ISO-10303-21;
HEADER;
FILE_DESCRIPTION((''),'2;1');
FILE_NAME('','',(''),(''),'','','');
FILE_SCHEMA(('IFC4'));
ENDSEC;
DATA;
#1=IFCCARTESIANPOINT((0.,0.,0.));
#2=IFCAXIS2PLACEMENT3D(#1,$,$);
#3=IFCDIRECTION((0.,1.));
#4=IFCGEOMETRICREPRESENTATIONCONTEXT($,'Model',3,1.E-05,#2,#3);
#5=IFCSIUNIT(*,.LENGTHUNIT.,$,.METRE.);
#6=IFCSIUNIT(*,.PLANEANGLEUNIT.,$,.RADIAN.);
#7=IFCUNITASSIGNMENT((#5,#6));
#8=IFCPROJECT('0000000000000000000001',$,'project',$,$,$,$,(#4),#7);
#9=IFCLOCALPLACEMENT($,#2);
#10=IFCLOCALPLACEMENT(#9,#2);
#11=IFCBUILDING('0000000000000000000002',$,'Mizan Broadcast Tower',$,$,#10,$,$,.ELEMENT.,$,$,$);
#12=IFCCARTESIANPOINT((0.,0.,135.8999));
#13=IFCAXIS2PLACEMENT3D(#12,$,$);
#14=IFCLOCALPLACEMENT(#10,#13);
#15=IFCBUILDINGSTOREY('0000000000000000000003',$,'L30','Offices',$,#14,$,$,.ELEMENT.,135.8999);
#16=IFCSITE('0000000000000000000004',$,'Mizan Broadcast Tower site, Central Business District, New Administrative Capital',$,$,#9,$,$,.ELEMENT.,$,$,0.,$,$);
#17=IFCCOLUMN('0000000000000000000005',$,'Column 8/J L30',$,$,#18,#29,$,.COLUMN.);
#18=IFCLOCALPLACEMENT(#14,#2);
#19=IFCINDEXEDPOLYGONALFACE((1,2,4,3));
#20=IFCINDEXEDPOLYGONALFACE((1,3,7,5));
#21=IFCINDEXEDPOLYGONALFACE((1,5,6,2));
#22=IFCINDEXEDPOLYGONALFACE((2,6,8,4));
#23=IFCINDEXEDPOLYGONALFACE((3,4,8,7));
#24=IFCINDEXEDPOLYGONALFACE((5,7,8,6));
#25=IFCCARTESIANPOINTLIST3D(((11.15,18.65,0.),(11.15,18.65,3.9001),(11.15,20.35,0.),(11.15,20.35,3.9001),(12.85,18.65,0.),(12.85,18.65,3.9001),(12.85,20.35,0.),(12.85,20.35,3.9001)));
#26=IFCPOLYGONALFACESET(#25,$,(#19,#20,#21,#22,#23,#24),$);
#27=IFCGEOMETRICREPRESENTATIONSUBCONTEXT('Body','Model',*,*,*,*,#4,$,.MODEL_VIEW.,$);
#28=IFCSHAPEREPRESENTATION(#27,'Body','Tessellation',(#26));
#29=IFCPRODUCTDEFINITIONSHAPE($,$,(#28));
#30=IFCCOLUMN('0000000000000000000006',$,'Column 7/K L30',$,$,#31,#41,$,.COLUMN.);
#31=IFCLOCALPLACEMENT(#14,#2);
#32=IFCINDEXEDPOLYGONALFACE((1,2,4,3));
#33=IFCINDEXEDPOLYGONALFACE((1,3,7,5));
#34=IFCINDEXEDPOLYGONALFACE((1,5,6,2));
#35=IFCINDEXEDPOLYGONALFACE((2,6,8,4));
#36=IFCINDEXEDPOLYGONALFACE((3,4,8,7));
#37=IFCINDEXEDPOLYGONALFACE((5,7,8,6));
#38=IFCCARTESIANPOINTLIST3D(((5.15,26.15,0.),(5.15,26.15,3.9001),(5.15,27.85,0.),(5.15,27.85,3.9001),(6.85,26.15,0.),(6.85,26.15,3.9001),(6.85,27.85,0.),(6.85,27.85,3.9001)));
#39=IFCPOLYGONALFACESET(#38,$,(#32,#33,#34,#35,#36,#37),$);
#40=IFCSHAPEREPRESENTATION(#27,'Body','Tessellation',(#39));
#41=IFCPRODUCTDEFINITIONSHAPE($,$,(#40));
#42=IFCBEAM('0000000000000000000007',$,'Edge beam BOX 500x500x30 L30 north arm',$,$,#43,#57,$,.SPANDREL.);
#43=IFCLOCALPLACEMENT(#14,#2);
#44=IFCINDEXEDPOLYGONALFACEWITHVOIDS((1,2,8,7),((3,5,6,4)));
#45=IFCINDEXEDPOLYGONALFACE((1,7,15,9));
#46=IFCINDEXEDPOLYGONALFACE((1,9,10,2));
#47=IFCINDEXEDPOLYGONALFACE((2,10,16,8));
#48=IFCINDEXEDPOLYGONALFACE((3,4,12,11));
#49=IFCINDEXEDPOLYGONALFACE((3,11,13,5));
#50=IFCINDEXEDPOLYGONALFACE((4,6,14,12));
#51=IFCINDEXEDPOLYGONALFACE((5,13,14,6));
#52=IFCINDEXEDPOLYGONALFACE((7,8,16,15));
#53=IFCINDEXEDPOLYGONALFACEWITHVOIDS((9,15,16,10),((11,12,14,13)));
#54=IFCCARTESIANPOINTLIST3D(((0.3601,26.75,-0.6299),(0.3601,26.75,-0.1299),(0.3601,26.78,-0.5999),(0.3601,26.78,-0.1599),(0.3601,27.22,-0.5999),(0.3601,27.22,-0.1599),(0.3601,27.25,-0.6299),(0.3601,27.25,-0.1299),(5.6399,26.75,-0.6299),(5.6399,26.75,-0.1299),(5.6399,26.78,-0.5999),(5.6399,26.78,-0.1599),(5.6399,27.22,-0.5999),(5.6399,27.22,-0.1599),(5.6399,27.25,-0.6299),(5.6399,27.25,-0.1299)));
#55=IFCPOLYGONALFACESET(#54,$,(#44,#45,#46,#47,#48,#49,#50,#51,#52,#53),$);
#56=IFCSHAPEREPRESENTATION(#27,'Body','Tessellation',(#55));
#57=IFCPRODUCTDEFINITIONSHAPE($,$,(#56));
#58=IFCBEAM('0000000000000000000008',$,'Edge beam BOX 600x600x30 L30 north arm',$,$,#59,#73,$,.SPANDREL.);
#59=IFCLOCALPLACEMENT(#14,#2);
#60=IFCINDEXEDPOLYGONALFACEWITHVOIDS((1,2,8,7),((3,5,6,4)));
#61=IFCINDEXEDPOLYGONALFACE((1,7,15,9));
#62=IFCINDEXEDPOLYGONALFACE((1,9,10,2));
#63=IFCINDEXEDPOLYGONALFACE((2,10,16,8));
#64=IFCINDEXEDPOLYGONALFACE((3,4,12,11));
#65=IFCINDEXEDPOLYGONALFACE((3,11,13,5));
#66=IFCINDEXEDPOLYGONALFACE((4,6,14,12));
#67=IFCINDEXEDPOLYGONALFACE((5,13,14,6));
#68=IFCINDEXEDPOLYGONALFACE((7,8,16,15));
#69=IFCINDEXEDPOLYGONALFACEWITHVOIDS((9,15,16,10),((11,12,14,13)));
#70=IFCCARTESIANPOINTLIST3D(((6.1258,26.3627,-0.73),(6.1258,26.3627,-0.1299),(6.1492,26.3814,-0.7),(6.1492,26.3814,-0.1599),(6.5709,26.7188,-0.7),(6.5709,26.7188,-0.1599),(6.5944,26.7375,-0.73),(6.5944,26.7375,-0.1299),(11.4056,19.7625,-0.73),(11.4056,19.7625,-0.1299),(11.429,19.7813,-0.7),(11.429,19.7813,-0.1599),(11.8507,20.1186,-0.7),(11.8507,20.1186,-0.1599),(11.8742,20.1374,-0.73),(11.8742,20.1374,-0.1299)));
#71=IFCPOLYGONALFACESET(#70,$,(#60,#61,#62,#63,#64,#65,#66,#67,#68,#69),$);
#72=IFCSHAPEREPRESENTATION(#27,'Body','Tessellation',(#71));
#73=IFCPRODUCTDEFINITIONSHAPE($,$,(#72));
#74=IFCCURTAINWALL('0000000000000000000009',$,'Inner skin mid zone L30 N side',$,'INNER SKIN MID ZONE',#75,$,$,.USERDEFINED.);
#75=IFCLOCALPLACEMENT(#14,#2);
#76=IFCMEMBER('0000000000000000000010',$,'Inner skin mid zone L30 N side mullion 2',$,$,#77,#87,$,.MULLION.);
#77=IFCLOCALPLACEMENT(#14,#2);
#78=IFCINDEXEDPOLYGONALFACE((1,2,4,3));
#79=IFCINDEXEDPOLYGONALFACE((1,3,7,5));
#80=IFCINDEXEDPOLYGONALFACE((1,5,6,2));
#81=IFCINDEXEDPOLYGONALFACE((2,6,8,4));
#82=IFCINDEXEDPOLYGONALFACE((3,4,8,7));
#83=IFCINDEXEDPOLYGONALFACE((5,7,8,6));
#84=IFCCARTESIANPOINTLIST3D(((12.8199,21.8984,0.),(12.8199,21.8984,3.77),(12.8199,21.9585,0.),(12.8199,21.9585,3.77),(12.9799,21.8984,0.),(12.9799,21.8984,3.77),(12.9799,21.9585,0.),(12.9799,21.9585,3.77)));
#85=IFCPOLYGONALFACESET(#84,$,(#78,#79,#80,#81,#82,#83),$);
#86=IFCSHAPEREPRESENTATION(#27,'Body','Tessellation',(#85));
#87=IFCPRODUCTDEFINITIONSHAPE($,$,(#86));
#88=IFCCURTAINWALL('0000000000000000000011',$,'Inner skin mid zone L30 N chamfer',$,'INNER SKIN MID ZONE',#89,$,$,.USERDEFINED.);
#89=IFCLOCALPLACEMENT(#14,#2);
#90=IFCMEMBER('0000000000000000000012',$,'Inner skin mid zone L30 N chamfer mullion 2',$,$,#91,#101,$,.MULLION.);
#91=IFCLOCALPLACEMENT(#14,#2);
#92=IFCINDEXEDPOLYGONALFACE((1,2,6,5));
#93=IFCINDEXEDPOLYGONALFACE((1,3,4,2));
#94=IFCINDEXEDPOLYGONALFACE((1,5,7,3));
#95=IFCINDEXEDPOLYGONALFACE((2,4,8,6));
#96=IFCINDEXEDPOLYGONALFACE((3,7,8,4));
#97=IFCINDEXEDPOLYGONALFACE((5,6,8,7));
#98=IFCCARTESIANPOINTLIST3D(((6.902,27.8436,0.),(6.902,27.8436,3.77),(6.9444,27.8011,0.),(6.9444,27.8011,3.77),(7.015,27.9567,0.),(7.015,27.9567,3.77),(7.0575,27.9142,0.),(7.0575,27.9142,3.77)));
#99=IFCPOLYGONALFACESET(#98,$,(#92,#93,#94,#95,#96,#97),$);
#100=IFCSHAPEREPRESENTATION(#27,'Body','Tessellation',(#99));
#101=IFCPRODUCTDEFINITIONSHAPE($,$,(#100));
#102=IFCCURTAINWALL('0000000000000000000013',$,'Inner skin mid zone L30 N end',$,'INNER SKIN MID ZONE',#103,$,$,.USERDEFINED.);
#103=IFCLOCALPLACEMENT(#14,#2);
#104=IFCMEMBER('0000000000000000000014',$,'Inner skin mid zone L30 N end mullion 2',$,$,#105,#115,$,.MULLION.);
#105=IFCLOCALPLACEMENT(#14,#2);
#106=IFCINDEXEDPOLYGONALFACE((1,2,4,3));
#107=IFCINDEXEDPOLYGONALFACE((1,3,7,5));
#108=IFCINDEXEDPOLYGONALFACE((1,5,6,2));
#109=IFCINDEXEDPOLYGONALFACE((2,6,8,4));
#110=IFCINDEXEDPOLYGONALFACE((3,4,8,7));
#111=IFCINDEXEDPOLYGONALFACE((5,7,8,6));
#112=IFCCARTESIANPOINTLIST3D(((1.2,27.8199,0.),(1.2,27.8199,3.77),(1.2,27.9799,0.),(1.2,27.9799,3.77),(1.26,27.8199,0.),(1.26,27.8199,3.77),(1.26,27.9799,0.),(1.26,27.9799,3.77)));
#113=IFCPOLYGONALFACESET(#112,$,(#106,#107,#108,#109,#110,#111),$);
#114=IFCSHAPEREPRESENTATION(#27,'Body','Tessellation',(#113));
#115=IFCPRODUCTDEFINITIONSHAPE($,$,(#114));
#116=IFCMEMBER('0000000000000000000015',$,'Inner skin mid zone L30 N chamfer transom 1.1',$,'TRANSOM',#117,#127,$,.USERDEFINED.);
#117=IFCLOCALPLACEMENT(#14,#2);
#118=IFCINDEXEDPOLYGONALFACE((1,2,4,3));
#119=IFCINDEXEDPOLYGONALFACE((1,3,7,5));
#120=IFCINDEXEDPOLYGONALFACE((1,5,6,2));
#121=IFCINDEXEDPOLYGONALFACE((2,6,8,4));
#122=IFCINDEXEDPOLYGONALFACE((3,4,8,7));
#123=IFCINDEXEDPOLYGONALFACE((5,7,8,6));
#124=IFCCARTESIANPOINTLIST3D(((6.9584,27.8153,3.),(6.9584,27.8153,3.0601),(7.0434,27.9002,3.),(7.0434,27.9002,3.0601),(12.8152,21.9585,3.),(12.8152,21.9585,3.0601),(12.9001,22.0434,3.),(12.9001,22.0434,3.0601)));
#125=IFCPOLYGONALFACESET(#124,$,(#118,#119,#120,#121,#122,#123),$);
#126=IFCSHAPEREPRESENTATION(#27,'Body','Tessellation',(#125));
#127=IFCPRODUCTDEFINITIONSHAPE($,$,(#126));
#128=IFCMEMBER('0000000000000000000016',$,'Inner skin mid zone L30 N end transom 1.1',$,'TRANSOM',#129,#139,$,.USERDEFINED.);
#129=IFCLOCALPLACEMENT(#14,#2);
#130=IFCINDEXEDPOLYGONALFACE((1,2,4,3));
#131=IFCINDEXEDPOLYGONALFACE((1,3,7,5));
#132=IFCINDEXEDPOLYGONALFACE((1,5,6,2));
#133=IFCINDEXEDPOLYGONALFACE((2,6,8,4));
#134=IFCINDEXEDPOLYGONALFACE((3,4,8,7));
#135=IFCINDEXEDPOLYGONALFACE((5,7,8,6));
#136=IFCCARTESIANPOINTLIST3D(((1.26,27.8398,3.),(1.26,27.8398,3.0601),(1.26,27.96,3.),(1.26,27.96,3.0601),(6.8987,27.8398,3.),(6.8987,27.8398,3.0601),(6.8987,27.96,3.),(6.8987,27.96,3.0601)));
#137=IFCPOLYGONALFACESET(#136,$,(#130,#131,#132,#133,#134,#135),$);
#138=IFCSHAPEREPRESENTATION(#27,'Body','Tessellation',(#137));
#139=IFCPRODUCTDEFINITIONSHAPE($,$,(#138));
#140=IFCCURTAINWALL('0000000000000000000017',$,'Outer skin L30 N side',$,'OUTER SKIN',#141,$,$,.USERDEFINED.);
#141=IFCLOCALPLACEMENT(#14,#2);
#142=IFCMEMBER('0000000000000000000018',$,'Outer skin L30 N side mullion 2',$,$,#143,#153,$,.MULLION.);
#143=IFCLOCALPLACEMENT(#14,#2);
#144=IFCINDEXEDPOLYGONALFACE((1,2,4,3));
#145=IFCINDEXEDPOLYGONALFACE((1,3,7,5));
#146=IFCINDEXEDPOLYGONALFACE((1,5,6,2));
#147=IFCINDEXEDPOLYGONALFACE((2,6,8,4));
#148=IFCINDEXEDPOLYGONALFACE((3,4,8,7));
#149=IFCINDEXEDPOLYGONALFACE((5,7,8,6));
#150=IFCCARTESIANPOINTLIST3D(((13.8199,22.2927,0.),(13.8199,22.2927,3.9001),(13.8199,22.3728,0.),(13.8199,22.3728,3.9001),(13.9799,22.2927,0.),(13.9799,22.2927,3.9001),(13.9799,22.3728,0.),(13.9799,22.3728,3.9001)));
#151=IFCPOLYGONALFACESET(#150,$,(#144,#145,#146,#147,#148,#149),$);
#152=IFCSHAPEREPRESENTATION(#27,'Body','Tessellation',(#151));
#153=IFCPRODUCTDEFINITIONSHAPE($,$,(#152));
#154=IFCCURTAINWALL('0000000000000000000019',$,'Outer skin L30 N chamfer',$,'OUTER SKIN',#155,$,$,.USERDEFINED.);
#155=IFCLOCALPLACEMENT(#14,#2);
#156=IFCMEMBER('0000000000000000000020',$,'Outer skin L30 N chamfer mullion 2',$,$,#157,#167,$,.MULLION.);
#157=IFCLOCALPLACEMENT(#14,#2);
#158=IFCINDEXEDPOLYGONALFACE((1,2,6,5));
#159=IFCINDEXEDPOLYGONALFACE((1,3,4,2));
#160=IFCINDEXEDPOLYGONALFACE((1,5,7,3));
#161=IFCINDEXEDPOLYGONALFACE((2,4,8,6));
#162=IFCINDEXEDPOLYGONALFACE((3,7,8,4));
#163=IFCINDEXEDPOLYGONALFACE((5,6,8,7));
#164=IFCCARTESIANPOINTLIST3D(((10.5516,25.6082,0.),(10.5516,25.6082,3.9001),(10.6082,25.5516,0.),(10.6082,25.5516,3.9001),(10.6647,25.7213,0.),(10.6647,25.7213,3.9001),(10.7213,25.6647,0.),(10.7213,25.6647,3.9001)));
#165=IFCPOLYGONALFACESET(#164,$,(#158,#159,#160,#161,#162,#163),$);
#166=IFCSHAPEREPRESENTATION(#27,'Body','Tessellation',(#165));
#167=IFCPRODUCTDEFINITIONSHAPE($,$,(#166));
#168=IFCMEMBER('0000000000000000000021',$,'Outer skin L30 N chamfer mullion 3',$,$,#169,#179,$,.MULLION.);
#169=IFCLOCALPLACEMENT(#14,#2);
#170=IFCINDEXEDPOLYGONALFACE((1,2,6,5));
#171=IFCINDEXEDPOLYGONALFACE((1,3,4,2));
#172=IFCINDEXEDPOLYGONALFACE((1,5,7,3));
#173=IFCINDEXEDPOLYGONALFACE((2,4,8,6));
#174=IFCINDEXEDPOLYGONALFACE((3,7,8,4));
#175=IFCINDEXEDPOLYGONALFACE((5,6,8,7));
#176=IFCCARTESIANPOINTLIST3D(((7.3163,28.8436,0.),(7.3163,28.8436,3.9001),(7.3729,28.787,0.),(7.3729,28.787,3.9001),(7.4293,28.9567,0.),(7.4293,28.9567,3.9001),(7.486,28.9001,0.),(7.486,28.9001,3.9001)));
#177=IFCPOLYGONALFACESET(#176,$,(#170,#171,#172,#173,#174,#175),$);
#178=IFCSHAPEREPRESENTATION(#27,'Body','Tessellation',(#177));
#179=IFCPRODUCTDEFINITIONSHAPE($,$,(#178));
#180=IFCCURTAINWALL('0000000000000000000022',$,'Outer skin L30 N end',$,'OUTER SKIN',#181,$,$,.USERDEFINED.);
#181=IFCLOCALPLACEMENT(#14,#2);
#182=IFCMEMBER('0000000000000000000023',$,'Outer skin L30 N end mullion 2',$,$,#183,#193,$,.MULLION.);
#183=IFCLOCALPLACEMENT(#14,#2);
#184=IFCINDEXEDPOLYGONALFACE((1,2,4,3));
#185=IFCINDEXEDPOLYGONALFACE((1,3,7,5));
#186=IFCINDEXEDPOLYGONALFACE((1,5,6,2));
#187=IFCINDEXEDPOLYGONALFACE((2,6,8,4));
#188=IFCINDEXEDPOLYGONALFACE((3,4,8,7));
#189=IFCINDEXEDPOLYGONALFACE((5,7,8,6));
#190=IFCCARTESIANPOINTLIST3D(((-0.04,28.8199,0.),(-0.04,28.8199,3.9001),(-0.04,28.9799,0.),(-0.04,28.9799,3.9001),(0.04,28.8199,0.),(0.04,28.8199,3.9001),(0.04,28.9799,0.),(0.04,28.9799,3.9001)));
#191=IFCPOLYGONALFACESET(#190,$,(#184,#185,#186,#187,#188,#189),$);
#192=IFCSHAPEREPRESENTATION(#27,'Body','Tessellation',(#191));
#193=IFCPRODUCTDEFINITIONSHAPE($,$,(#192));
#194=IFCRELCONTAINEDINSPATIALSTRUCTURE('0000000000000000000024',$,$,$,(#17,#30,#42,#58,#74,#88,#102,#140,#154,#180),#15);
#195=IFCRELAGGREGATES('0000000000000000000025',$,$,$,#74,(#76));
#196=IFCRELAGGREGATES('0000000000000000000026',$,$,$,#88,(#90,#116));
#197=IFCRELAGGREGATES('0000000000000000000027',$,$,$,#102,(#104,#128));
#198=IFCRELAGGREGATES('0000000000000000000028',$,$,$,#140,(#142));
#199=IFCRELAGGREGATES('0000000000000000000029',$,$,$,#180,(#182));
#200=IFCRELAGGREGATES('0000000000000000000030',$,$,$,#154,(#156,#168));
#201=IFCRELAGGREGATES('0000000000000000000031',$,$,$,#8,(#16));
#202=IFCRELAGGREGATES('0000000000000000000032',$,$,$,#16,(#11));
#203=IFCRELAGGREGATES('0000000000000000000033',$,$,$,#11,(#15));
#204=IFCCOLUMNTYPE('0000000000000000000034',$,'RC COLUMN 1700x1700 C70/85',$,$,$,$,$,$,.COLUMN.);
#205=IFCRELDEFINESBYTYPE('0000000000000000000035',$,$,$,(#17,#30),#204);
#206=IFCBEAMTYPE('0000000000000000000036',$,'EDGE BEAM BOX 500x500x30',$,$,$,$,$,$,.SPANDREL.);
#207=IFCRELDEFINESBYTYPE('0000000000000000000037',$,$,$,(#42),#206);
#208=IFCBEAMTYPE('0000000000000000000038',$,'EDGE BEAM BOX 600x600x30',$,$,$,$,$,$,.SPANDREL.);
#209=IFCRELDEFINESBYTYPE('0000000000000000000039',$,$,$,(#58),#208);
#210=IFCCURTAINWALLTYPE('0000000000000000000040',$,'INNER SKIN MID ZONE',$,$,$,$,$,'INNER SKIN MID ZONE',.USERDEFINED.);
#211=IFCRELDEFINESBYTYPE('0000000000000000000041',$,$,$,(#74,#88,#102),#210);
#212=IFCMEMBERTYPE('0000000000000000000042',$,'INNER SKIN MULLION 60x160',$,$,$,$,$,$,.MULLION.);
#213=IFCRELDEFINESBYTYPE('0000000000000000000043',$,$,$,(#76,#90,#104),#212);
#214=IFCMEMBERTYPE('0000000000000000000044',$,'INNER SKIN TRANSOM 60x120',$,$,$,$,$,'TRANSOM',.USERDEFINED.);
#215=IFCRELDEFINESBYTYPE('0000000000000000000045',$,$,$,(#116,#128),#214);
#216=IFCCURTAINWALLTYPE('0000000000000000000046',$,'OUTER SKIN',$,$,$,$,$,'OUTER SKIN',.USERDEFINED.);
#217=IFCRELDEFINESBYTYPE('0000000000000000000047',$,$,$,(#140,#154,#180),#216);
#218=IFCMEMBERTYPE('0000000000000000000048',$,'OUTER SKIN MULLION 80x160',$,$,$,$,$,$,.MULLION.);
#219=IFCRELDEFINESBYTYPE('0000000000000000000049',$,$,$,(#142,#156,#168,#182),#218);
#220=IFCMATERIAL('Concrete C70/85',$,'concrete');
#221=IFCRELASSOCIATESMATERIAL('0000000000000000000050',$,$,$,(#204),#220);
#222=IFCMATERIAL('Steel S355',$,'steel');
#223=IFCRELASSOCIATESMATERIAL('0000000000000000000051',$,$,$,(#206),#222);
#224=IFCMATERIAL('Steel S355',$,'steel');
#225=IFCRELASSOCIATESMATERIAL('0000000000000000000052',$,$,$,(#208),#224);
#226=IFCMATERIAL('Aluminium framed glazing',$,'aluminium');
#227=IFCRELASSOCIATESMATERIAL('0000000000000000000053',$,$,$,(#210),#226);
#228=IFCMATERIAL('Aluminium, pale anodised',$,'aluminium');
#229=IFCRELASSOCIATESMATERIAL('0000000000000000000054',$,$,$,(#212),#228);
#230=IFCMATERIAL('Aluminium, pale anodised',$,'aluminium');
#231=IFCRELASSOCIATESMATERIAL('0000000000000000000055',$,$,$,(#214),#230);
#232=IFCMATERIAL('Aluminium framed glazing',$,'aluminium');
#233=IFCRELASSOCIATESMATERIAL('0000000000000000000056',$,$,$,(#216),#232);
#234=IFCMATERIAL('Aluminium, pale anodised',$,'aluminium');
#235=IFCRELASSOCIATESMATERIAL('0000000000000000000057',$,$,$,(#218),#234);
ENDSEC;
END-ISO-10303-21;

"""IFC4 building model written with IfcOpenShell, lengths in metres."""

from ifc_helpers import new_model, si_unit, direction, frame, origin, origin_2d, place, context, subcontext, project, spatial, rectangle, hollow_rectangle, extrude, material, material_profile, profile_set, type_object, element, aggregate, save


model = new_model("IFC4")

# Units and contexts
model_context = context("Model", 3, precision=1e-05, world=origin(), true_north=direction((0.0, 1.0)))
body_context = subcontext(model_context, "Body", "Model", "MODEL_VIEW")
ifc_project = project(units=[si_unit("LENGTHUNIT", "METRE"), si_unit("PLANEANGLEUNIT", "RADIAN")], contexts=[model_context])

# Site, building, storey
site_placement = place(None, origin())
site = spatial("IfcSite", under=ifc_project, at=site_placement, Name="Mizan Broadcast Tower site, Central Business District, New Administrative Capital", CompositionType="ELEMENT", RefElevation=0.0)
building_placement = place(site_placement, origin())
building = spatial("IfcBuilding", under=site, at=building_placement, Name="Mizan Broadcast Tower", CompositionType="ELEMENT")
storey_placement = place(building_placement, frame((0.0, 0.0, 135.8999)))
storey = spatial("IfcBuildingStorey", under=building, at=storey_placement, Name="L30", Description="Offices", CompositionType="ELEMENT", Elevation=135.8999)

# Columns
ifc_material_1 = material(Name="Concrete C70/85", Category="concrete")
ifc_material_profile_1 = material_profile(ifc_material_1, rectangle(XDim=1.7, YDim=1.7, at=origin_2d()), Name="RC 1700x1700")
ifc_profile_set_1 = profile_set([ifc_material_profile_1], Name="Concrete C70/85")
column_type = type_object("IfcColumnType", Name="RC COLUMN 1700x1700 C70/85", PredefinedType="COLUMN", material=ifc_profile_set_1)
for number, where, z_axis, x_axis, name in (
    (1, (12.0, 19.5, 0.0), (0.0, 0.0, 1.0), (1.0, 0.0, 0.0), "Column 8/J L30"),
    (2, (6.0, 27.0, 0.0), (0.0, 0.0, 1.0), (1.0, 0.0, 0.0), "Column 7/K L30"),
):
    element("IfcColumn", number, at=place(storey_placement, frame(where, z_axis=z_axis, x_axis=x_axis)), inside=storey, type_object=column_type, Name=name, PredefinedType="COLUMN", context=body_context, shape_type="SweptSolid", body=[
        extrude(rectangle(XDim=1.7, YDim=1.7, at=origin_2d()), origin(), (0.0, 0.0, 1.0), 3.9001),
    ])

# Beams
ifc_material_2 = material(Name="Steel S355", Category="steel")
ifc_material_profile_2 = material_profile(ifc_material_2, hollow_rectangle(XDim=0.5, YDim=0.5, WallThickness=0.03, at=origin_2d()), Name="BOX 500x500x30")
ifc_profile_set_2 = profile_set([ifc_material_profile_2], Name="Steel S355")
beam_type_1 = type_object("IfcBeamType", Name="EDGE BEAM BOX 500x500x30", PredefinedType="SPANDREL", material=ifc_profile_set_2)
beam_1_placement = place(storey_placement, frame((5.6399, 27.0, -0.3799), z_axis=(-1.0, 0.0, 0.0), x_axis=(0.0, -1.0, 0.0)))
element("IfcBeam", 3, at=beam_1_placement, inside=storey, type_object=beam_type_1, Name="Edge beam BOX 500x500x30 L30 north arm", PredefinedType="SPANDREL", context=body_context, shape_type="SweptSolid", body=[
    extrude(hollow_rectangle(XDim=0.5, YDim=0.5, WallThickness=0.03, at=origin_2d()), origin(), (0.0, 0.0, 1.0), 5.2798),
])
ifc_material_3 = material(Name="Steel S355", Category="steel")
ifc_material_profile_3 = material_profile(ifc_material_3, hollow_rectangle(XDim=0.6001, YDim=0.6001, WallThickness=0.03, at=origin_2d()), Name="BOX 600x600x30")
ifc_profile_set_3 = profile_set([ifc_material_profile_3], Name="Steel S355")
beam_type_2 = type_object("IfcBeamType", Name="EDGE BEAM BOX 600x600x30", PredefinedType="SPANDREL", material=ifc_profile_set_3)
beam_2_placement = place(storey_placement, frame((11.6399, 19.95, -0.4299), z_axis=(-0.624674, 0.780886, 0.0), x_axis=(-0.780886, -0.624674, 0.0)))
element("IfcBeam", 4, at=beam_2_placement, inside=storey, type_object=beam_type_2, Name="Edge beam BOX 600x600x30 L30 north arm", PredefinedType="SPANDREL", context=body_context, shape_type="SweptSolid", body=[
    extrude(hollow_rectangle(XDim=0.6001, YDim=0.6001, WallThickness=0.03, at=origin_2d()), origin(), (0.0, 0.0, 1.0), 8.4521),
])

# Curtain walls, members
ifc_material_4 = material(Name="Aluminium framed glazing", Category="aluminium")
curtain_wall_type_1 = type_object("IfcCurtainWallType", Name="INNER SKIN MID ZONE", ElementType="INNER SKIN MID ZONE", PredefinedType="USERDEFINED", material=ifc_material_4)
curtain_wall_1_placement = place(storey_placement, origin())
curtain_wall_1 = element("IfcCurtainWall", 5, at=curtain_wall_1_placement, inside=storey, type_object=curtain_wall_type_1, Name="Inner skin mid zone L30 N side", ObjectType="INNER SKIN MID ZONE", PredefinedType="USERDEFINED")
ifc_material_5 = material(Name="Aluminium, pale anodised", Category="aluminium")
ifc_material_profile_4 = material_profile(ifc_material_5, rectangle(XDim=0.1599, YDim=0.0601, at=origin_2d()), Name="MULLION 160x60")
ifc_profile_set_4 = profile_set([ifc_material_profile_4], Name="Aluminium, pale anodised")
member_type_1 = type_object("IfcMemberType", Name="INNER SKIN MULLION 60x160", PredefinedType="MULLION", material=ifc_profile_set_4)
member_1_placement = place(storey_placement, frame((12.8999, 21.9285, 0.0), z_axis=(0.0, 0.0, 1.0), x_axis=(-1.0, 0.0, 0.0)))
member_1 = element("IfcMember", 6, at=member_1_placement, type_object=member_type_1, Name="Inner skin mid zone L30 N side mullion 2", PredefinedType="MULLION", context=body_context, shape_type="SweptSolid", body=[
    extrude(rectangle(XDim=0.1599, YDim=0.0601, at=origin_2d()), origin(), (0.0, 0.0, 1.0), 3.77),
])
curtain_wall_2_placement = place(storey_placement, origin())
curtain_wall_2 = element("IfcCurtainWall", 7, at=curtain_wall_2_placement, inside=storey, type_object=curtain_wall_type_1, Name="Inner skin mid zone L30 N chamfer", ObjectType="INNER SKIN MID ZONE", PredefinedType="USERDEFINED")
member_2_placement = place(storey_placement, frame((6.9797, 27.8789, 0.0), z_axis=(0.0, 0.0, 1.0), x_axis=(-0.707107, -0.707107, 0.0)))
member_2 = element("IfcMember", 8, at=member_2_placement, type_object=member_type_1, Name="Inner skin mid zone L30 N chamfer mullion 2", PredefinedType="MULLION", context=body_context, shape_type="SweptSolid", body=[
    extrude(rectangle(XDim=0.1599, YDim=0.0601, at=origin_2d()), origin(), (0.0, 0.0, 1.0), 3.77),
])
curtain_wall_3_placement = place(storey_placement, origin())
curtain_wall_3 = element("IfcCurtainWall", 9, at=curtain_wall_3_placement, inside=storey, type_object=curtain_wall_type_1, Name="Inner skin mid zone L30 N end", ObjectType="INNER SKIN MID ZONE", PredefinedType="USERDEFINED")
member_3_placement = place(storey_placement, frame((1.23, 27.8999, 0.0), z_axis=(0.0, 0.0, 1.0), x_axis=(0.0, -1.0, 0.0)))
member_3 = element("IfcMember", 10, at=member_3_placement, type_object=member_type_1, Name="Inner skin mid zone L30 N end mullion 2", PredefinedType="MULLION", context=body_context, shape_type="SweptSolid", body=[
    extrude(rectangle(XDim=0.1599, YDim=0.0601, at=origin_2d()), origin(), (0.0, 0.0, 1.0), 3.77),
])

# Members
ifc_material_6 = material(Name="Aluminium, pale anodised", Category="aluminium")
ifc_material_profile_5 = material_profile(ifc_material_6, rectangle(XDim=0.1201, YDim=0.0601, at=origin_2d()), Name="TRANSOM 120x60")
ifc_profile_set_5 = profile_set([ifc_material_profile_5], Name="Aluminium, pale anodised")
member_type_2 = type_object("IfcMemberType", Name="INNER SKIN TRANSOM 60x120", ElementType="TRANSOM", PredefinedType="USERDEFINED", material=ifc_profile_set_5)
member_4_placement = place(storey_placement, frame((12.8577, 22.001, 3.03), z_axis=(-0.707107, 0.707107, 0.0), x_axis=(-0.707107, -0.707107, 0.0)))
member_4 = element("IfcMember", 11, at=member_4_placement, type_object=member_type_2, Name="Inner skin mid zone L30 N chamfer transom 1.1", ObjectType="TRANSOM", PredefinedType="USERDEFINED", context=body_context, shape_type="SweptSolid", body=[
    extrude(rectangle(XDim=0.1201, YDim=0.0601, at=origin_2d()), origin(), (0.0, 0.0, 1.0), 8.2827),
])
member_5_placement = place(storey_placement, frame((6.8987, 27.8999, 3.03), z_axis=(-1.0, 0.0, 0.0), x_axis=(0.0, -1.0, 0.0)))
member_5 = element("IfcMember", 12, at=member_5_placement, type_object=member_type_2, Name="Inner skin mid zone L30 N end transom 1.1", ObjectType="TRANSOM", PredefinedType="USERDEFINED", context=body_context, shape_type="SweptSolid", body=[
    extrude(rectangle(XDim=0.1201, YDim=0.0601, at=origin_2d()), origin(), (0.0, 0.0, 1.0), 5.6387),
])

# Curtain wall, member
ifc_material_7 = material(Name="Aluminium framed glazing", Category="aluminium")
curtain_wall_type_2 = type_object("IfcCurtainWallType", Name="OUTER SKIN", ElementType="OUTER SKIN", PredefinedType="USERDEFINED", material=ifc_material_7)
curtain_wall_4_placement = place(storey_placement, origin())
curtain_wall_4 = element("IfcCurtainWall", 13, at=curtain_wall_4_placement, inside=storey, type_object=curtain_wall_type_2, Name="Outer skin L30 N side", ObjectType="OUTER SKIN", PredefinedType="USERDEFINED")
ifc_material_8 = material(Name="Aluminium, pale anodised", Category="aluminium")
ifc_material_profile_6 = material_profile(ifc_material_8, rectangle(XDim=0.1599, YDim=0.0801, at=origin_2d()), Name="MULLION 160x80")
ifc_profile_set_6 = profile_set([ifc_material_profile_6], Name="Aluminium, pale anodised")
member_type_3 = type_object("IfcMemberType", Name="OUTER SKIN MULLION 80x160", PredefinedType="MULLION", material=ifc_profile_set_6)
member_6_placement = place(storey_placement, frame((13.8999, 22.3328, 0.0), z_axis=(0.0, 0.0, 1.0), x_axis=(-1.0, 0.0, 0.0)))
member_6 = element("IfcMember", 14, at=member_6_placement, type_object=member_type_3, Name="Outer skin L30 N side mullion 2", PredefinedType="MULLION", context=body_context, shape_type="SweptSolid", body=[
    extrude(rectangle(XDim=0.1599, YDim=0.0801, at=origin_2d()), origin(), (0.0, 0.0, 1.0), 3.9001),
])

# Curtain wall, members
curtain_wall_5_placement = place(storey_placement, origin())
curtain_wall_5 = element("IfcCurtainWall", 15, at=curtain_wall_5_placement, inside=storey, type_object=curtain_wall_type_2, Name="Outer skin L30 N chamfer", ObjectType="OUTER SKIN", PredefinedType="USERDEFINED")
member_7_placement = place(storey_placement, frame((10.6365, 25.6365, 0.0), z_axis=(0.0, 0.0, 1.0), x_axis=(-0.707107, -0.707107, 0.0)))
member_7 = element("IfcMember", 16, at=member_7_placement, type_object=member_type_3, Name="Outer skin L30 N chamfer mullion 2", PredefinedType="MULLION", context=body_context, shape_type="SweptSolid", body=[
    extrude(rectangle(XDim=0.1599, YDim=0.0801, at=origin_2d()), origin(), (0.0, 0.0, 1.0), 3.9001),
])
member_8_placement = place(storey_placement, frame((7.4011, 28.8718, 0.0), z_axis=(0.0, 0.0, 1.0), x_axis=(-0.707107, -0.707107, 0.0)))
member_8 = element("IfcMember", 17, at=member_8_placement, type_object=member_type_3, Name="Outer skin L30 N chamfer mullion 3", PredefinedType="MULLION", context=body_context, shape_type="SweptSolid", body=[
    extrude(rectangle(XDim=0.1599, YDim=0.0801, at=origin_2d()), origin(), (0.0, 0.0, 1.0), 3.9001),
])

# Curtain wall, member
curtain_wall_6_placement = place(storey_placement, origin())
curtain_wall_6 = element("IfcCurtainWall", 18, at=curtain_wall_6_placement, inside=storey, type_object=curtain_wall_type_2, Name="Outer skin L30 N end", ObjectType="OUTER SKIN", PredefinedType="USERDEFINED")
member_9_placement = place(storey_placement, frame((0.0, 28.8999, 0.0), z_axis=(0.0, 0.0, 1.0), x_axis=(0.0, -1.0, 0.0)))
member_9 = element("IfcMember", 19, at=member_9_placement, type_object=member_type_3, Name="Outer skin L30 N end mullion 2", PredefinedType="MULLION", context=body_context, shape_type="SweptSolid", body=[
    extrude(rectangle(XDim=0.1599, YDim=0.0801, at=origin_2d()), origin(), (0.0, 0.0, 1.0), 3.9001),
])

aggregate(curtain_wall_1, [member_1])
aggregate(curtain_wall_2, [member_2, member_4])
aggregate(curtain_wall_3, [member_3, member_5])
aggregate(curtain_wall_4, [member_6])
aggregate(curtain_wall_6, [member_9])
aggregate(curtain_wall_5, [member_7, member_8])

save(model, "model.ifc")
